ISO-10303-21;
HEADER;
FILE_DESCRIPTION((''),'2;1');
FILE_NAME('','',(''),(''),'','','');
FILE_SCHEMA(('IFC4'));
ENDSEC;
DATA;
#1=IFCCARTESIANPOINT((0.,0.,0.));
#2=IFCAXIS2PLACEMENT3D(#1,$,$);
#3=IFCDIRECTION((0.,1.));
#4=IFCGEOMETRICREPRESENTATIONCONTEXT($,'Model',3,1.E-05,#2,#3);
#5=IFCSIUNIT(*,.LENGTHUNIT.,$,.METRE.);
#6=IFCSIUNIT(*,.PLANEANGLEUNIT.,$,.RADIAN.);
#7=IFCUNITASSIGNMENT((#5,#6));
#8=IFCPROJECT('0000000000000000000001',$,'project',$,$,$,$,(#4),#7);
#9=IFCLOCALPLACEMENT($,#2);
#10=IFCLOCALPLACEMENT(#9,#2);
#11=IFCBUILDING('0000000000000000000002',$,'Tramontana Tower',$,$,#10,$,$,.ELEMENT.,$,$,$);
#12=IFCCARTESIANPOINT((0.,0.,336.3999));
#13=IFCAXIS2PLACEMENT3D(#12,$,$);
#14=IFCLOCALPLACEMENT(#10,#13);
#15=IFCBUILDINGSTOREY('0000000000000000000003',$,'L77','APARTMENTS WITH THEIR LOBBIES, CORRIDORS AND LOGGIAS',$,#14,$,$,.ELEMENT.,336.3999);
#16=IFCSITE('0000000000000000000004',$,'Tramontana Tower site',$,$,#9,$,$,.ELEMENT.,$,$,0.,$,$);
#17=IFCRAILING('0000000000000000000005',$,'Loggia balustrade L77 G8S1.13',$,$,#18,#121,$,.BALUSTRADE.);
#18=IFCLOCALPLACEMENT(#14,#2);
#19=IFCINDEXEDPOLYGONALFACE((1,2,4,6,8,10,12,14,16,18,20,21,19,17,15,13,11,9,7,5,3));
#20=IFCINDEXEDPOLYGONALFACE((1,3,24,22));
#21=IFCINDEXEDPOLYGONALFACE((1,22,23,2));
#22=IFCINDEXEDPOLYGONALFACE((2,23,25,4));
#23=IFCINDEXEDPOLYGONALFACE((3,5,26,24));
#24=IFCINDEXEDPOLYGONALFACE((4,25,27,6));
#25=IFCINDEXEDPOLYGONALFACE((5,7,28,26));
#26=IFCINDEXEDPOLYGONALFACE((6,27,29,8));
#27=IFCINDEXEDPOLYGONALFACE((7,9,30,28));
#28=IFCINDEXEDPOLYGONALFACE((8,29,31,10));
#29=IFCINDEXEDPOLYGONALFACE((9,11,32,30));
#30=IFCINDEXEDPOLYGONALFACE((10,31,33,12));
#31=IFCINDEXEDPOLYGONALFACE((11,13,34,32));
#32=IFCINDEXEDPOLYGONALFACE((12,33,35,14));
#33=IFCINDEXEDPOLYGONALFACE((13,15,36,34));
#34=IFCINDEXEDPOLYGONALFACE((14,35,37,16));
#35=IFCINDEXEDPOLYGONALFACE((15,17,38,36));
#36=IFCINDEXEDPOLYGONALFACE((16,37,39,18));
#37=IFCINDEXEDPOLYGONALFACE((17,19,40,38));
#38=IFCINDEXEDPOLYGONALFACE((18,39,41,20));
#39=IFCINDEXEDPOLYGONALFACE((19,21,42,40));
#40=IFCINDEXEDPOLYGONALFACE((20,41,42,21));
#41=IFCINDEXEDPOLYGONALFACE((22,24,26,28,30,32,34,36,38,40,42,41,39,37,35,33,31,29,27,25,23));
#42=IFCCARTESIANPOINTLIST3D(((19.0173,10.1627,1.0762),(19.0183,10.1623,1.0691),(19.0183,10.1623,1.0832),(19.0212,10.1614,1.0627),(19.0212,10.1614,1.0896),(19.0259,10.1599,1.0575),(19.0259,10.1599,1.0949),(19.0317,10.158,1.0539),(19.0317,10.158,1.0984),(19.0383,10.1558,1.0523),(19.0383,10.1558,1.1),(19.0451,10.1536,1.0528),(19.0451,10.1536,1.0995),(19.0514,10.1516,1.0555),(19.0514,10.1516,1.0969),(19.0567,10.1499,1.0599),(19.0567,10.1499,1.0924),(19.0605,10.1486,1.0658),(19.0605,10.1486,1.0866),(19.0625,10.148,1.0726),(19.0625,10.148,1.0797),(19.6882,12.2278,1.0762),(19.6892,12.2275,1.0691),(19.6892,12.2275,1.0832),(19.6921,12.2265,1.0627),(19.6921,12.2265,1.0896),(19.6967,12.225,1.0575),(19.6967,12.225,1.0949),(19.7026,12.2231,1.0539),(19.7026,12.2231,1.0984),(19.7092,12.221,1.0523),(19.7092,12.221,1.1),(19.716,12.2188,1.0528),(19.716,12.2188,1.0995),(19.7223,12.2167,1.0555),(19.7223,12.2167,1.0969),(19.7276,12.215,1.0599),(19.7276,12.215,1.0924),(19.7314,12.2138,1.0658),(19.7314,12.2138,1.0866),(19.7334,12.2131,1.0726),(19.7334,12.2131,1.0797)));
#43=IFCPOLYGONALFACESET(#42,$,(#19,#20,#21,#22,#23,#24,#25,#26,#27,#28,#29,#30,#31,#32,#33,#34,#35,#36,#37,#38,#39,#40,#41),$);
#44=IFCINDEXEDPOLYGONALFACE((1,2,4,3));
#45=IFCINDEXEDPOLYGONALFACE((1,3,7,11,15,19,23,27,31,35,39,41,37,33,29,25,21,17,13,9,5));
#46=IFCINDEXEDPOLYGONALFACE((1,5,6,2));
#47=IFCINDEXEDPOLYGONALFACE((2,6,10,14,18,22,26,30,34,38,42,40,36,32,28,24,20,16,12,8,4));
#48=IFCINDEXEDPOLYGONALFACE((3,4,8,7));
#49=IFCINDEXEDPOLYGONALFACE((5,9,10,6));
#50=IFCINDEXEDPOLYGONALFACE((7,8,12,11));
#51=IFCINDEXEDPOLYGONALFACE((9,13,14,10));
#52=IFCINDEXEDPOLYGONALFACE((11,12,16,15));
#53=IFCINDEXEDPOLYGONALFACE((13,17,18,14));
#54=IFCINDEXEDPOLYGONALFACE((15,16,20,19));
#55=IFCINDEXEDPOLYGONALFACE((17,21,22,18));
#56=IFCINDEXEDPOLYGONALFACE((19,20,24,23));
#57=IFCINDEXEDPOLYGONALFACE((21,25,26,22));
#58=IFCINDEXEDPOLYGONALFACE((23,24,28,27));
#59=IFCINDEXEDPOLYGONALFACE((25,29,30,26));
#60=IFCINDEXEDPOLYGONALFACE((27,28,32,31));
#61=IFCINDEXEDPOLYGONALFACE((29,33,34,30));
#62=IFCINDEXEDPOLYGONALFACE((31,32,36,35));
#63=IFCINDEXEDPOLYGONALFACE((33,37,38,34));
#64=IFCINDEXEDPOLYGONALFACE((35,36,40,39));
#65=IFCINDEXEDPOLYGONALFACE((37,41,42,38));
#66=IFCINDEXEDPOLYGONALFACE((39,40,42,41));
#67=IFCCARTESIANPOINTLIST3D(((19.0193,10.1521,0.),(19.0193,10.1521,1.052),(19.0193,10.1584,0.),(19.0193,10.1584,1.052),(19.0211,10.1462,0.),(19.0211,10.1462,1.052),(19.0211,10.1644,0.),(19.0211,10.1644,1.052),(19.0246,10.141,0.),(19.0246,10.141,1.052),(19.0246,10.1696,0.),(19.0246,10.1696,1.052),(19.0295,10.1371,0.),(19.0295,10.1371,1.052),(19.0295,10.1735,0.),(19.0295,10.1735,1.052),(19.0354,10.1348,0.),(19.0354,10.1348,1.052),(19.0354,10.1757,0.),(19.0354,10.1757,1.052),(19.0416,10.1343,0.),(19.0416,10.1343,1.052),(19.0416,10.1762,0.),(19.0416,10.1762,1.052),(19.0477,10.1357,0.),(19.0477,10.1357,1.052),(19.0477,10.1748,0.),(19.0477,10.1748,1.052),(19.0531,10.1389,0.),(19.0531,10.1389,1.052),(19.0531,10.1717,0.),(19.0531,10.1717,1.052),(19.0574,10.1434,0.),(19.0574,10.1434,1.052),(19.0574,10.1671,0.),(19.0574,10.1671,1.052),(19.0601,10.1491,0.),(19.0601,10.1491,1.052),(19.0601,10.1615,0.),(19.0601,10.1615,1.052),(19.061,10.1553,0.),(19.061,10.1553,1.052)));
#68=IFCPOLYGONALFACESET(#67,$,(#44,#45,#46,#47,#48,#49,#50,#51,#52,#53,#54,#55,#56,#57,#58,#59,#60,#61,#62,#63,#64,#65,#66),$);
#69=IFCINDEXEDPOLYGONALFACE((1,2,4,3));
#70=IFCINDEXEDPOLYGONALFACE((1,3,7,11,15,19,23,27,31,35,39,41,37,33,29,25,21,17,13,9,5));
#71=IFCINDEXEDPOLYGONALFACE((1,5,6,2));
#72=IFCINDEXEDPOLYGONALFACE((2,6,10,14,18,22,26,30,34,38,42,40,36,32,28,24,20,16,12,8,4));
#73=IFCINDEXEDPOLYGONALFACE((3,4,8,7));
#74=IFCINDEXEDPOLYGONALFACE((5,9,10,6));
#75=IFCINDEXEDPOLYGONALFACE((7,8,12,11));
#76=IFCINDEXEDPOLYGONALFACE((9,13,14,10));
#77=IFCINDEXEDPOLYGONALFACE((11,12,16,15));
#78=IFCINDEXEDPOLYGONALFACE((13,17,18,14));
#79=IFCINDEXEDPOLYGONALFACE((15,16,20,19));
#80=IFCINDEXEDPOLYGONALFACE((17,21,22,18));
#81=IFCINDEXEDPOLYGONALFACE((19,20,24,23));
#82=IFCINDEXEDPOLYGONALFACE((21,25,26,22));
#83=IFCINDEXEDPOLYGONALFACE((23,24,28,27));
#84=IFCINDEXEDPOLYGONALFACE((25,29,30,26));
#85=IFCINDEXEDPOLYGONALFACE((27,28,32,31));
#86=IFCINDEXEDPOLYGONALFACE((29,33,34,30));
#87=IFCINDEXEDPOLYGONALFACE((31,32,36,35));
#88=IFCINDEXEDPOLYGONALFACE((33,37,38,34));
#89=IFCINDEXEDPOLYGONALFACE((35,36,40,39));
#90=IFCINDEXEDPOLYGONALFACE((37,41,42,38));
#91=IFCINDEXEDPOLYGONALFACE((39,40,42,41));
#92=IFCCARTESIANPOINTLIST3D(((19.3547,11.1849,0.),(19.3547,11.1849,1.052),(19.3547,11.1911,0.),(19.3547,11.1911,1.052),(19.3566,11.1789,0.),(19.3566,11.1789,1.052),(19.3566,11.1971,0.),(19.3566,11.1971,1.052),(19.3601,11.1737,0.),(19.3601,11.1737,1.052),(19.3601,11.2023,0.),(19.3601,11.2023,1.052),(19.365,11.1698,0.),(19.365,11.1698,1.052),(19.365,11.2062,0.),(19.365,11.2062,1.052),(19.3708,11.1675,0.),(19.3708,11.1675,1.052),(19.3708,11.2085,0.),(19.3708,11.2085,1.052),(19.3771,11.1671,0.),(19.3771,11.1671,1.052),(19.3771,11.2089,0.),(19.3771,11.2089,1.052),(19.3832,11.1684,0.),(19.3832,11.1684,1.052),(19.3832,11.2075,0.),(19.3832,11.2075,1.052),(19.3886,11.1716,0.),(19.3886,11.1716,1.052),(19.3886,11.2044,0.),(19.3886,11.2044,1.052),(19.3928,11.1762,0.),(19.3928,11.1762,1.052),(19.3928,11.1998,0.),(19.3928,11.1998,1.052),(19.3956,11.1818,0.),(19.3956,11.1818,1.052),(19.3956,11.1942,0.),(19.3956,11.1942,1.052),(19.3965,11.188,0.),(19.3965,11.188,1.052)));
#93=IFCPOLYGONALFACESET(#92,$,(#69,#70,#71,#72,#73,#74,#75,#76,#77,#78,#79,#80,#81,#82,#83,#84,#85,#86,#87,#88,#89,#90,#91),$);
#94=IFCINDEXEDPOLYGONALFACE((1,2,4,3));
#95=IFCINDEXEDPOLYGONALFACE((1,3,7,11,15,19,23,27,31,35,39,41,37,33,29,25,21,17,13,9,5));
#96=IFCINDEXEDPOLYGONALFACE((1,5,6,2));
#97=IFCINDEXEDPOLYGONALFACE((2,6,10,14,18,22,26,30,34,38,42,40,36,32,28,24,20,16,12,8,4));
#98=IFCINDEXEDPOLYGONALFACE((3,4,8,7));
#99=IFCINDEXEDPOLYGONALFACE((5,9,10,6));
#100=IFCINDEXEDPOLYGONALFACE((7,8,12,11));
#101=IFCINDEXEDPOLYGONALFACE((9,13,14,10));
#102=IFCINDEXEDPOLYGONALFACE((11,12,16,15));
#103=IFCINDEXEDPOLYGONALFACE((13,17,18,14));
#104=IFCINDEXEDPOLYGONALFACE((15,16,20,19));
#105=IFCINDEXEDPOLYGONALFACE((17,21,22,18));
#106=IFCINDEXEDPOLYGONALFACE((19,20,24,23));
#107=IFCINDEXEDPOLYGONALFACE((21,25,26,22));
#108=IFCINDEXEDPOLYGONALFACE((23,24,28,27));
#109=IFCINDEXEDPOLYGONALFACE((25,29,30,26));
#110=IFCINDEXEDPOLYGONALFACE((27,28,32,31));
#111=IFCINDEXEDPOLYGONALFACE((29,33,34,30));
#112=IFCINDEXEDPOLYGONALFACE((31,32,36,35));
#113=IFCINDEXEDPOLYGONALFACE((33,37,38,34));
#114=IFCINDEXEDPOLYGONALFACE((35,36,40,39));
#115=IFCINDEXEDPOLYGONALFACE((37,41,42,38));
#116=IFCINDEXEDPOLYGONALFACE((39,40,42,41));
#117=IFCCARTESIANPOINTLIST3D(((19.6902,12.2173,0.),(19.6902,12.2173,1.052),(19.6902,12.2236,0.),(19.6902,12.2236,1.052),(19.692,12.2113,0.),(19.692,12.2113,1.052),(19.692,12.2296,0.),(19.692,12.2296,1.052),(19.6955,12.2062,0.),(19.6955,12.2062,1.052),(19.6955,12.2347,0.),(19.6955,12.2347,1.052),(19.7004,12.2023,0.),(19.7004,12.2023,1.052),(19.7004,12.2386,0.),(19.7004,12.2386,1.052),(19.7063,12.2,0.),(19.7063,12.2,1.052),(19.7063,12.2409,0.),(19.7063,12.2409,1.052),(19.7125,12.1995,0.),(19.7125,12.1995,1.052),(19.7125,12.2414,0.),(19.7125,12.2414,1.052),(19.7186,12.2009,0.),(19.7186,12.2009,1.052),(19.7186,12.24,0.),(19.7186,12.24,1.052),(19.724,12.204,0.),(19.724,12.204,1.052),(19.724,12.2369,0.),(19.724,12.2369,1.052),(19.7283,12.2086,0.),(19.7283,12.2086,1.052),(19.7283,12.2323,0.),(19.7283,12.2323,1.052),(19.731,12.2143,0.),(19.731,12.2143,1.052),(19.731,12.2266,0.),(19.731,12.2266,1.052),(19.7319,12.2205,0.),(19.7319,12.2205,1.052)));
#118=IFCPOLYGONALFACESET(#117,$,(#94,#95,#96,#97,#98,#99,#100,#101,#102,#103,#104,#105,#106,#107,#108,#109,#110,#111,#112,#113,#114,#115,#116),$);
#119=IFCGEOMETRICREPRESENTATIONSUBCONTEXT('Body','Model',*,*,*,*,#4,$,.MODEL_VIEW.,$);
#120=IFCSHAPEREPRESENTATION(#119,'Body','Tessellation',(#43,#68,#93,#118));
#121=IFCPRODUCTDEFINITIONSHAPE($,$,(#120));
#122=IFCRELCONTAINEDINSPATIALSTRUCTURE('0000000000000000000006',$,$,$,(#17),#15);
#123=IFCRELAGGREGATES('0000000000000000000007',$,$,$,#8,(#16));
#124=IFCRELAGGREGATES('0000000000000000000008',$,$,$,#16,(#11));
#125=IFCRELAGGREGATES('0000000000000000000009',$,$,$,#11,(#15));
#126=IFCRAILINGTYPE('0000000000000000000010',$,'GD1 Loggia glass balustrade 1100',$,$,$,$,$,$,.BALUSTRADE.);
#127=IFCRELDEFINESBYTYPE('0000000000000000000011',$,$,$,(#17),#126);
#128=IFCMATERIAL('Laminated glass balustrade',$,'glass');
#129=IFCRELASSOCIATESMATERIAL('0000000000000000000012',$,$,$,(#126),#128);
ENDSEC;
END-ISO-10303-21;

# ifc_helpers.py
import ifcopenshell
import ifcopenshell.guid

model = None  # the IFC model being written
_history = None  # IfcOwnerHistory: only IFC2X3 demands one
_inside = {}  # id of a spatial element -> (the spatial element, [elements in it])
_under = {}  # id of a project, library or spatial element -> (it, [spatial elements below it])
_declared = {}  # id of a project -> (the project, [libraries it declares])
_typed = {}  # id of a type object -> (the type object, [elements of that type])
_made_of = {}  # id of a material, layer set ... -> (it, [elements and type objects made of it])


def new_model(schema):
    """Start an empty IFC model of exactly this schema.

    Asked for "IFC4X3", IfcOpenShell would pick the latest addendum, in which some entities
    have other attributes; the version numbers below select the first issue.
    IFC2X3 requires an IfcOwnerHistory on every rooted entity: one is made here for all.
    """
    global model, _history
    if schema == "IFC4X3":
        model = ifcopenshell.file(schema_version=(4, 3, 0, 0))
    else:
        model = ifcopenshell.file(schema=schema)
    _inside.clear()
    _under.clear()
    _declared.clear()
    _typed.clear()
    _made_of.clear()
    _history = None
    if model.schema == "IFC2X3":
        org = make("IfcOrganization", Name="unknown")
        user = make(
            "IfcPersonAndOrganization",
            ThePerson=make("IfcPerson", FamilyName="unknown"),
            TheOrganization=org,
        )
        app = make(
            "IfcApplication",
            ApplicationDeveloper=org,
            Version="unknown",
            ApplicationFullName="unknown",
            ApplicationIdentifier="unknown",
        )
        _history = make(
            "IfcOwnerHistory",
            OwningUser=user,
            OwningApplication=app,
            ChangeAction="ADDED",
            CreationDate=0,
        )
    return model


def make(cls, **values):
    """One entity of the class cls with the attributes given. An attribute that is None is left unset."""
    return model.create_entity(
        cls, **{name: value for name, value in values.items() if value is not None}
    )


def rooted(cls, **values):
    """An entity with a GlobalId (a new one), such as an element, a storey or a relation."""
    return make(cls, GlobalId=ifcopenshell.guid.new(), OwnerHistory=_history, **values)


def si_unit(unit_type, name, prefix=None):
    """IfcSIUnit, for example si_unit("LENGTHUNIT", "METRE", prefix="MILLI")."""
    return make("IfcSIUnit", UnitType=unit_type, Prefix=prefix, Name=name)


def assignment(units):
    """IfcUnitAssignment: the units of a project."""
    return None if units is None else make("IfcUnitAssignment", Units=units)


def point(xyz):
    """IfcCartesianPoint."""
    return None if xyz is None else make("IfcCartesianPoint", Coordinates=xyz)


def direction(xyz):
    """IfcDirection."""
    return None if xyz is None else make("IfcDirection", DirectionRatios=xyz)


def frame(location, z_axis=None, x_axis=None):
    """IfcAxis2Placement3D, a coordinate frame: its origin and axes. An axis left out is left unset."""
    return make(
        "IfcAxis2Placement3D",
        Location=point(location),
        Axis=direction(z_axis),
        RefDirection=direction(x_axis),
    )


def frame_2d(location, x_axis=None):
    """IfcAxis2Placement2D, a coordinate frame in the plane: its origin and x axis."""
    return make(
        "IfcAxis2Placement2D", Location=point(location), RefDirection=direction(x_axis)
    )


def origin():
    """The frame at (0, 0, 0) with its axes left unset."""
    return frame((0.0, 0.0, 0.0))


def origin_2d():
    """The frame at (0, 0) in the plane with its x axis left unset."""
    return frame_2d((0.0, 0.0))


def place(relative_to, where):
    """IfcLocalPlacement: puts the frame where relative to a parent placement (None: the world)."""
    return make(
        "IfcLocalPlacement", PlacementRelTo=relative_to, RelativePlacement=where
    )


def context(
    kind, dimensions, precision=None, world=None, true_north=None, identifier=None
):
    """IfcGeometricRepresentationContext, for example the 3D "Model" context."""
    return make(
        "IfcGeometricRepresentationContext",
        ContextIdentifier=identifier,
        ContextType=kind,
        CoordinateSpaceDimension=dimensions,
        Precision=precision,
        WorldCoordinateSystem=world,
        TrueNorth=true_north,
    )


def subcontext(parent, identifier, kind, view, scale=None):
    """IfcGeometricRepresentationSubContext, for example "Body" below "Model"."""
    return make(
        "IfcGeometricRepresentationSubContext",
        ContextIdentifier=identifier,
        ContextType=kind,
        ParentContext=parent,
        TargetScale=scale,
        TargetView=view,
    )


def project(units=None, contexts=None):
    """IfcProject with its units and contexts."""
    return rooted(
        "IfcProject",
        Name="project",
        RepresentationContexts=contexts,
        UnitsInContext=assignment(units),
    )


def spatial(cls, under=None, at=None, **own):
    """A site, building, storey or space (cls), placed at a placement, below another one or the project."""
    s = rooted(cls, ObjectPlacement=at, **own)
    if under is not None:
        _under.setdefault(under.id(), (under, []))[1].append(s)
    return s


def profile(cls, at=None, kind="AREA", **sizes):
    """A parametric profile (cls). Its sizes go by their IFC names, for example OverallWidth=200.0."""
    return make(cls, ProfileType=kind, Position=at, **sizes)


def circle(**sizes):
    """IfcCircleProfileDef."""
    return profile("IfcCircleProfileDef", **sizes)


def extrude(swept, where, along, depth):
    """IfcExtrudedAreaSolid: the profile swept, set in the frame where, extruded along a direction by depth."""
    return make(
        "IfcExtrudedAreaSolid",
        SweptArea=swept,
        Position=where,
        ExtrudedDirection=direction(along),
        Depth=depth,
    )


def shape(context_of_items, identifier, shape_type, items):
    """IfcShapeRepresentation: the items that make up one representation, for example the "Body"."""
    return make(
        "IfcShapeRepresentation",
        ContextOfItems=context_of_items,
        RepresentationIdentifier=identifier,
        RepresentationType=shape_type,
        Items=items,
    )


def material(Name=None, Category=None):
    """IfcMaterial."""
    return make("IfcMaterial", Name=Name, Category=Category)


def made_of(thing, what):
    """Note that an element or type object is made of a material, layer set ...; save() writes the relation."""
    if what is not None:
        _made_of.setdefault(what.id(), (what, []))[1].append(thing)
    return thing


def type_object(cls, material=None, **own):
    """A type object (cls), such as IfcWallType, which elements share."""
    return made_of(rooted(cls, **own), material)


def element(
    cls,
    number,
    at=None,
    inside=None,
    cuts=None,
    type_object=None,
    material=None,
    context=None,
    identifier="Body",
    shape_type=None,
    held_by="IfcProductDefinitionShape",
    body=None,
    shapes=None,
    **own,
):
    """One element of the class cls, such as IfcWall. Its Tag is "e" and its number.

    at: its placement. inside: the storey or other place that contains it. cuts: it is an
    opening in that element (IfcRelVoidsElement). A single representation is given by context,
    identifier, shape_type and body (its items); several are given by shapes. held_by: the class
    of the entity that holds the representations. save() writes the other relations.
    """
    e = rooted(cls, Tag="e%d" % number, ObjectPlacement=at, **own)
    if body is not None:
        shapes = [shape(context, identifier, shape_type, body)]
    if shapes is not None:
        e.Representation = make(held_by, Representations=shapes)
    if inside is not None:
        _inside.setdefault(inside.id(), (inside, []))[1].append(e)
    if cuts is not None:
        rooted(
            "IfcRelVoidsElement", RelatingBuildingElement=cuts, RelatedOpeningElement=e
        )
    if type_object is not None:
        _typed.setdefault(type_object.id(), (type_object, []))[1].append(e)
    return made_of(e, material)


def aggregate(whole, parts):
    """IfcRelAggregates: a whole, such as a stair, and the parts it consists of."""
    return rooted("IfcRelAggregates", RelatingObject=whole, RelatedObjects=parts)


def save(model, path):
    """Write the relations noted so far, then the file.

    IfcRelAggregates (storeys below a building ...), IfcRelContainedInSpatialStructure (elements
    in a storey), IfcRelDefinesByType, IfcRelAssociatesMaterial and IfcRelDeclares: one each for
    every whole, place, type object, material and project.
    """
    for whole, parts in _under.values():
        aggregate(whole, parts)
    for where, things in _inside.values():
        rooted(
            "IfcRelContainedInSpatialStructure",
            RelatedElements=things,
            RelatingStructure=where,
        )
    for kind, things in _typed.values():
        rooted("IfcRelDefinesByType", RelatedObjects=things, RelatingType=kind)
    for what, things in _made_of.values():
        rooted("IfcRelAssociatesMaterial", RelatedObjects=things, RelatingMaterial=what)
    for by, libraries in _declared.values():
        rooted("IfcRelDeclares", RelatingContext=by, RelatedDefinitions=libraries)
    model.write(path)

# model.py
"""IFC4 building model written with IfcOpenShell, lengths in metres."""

from ifc_helpers import new_model, si_unit, direction, frame, origin, origin_2d, place, context, subcontext, project, spatial, circle, extrude, material, type_object, element, save


model = new_model("IFC4")

# Units and contexts
model_context = context("Model", 3, precision=1e-05, world=origin(), true_north=direction((0.0, 1.0)))
body_context = subcontext(model_context, "Body", "Model", "MODEL_VIEW")
ifc_project = project(units=[si_unit("LENGTHUNIT", "METRE"), si_unit("PLANEANGLEUNIT", "RADIAN")], contexts=[model_context])

# Site, building, storey
site_placement = place(None, origin())
site = spatial("IfcSite", under=ifc_project, at=site_placement, Name="Tramontana Tower site", CompositionType="ELEMENT", RefElevation=0.0)
building_placement = place(site_placement, origin())
building = spatial("IfcBuilding", under=site, at=building_placement, Name="Tramontana Tower", CompositionType="ELEMENT")
storey_placement = place(building_placement, frame((0.0, 0.0, 336.3999)))
storey = spatial("IfcBuildingStorey", under=building, at=storey_placement, Name="L77", Description="APARTMENTS WITH THEIR LOBBIES, CORRIDORS AND LOGGIAS", CompositionType="ELEMENT", Elevation=336.3999)

# Railing
ifc_material_1 = material(Name="Laminated glass balustrade", Category="glass")
railing_type = type_object("IfcRailingType", Name="GD1 Loggia glass balustrade 1100", PredefinedType="BALUSTRADE", material=ifc_material_1)
railing_1_placement = place(storey_placement, frame((19.04, 10.1553, 0.0)))
element("IfcRailing", 1, at=railing_1_placement, inside=storey, type_object=railing_type, Name="Loggia balustrade L77 G8S1.13", PredefinedType="BALUSTRADE", context=body_context, shape_type="SweptSolid", body=[
    extrude(circle(Radius=0.0239, at=origin_2d()), frame((0.0, 0.0, 1.0762), z_axis=(0.308967, 0.951073, 0.0), x_axis=(-0.951073, 0.308967, 0.0)), (0.0, 0.0, 1.0), 2.1714),
    extrude(circle(Radius=0.021, at=origin_2d()), origin(), (0.0, 0.0, 1.0), 1.052),
    extrude(circle(Radius=0.021, at=origin_2d()), frame((0.3354, 1.0327, 0.0)), (0.0, 0.0, 1.0), 1.052),
    extrude(circle(Radius=0.021, at=origin_2d()), frame((0.6709, 2.0652, 0.0)), (0.0, 0.0, 1.0), 1.052),
])

save(model, "model.ifc")
